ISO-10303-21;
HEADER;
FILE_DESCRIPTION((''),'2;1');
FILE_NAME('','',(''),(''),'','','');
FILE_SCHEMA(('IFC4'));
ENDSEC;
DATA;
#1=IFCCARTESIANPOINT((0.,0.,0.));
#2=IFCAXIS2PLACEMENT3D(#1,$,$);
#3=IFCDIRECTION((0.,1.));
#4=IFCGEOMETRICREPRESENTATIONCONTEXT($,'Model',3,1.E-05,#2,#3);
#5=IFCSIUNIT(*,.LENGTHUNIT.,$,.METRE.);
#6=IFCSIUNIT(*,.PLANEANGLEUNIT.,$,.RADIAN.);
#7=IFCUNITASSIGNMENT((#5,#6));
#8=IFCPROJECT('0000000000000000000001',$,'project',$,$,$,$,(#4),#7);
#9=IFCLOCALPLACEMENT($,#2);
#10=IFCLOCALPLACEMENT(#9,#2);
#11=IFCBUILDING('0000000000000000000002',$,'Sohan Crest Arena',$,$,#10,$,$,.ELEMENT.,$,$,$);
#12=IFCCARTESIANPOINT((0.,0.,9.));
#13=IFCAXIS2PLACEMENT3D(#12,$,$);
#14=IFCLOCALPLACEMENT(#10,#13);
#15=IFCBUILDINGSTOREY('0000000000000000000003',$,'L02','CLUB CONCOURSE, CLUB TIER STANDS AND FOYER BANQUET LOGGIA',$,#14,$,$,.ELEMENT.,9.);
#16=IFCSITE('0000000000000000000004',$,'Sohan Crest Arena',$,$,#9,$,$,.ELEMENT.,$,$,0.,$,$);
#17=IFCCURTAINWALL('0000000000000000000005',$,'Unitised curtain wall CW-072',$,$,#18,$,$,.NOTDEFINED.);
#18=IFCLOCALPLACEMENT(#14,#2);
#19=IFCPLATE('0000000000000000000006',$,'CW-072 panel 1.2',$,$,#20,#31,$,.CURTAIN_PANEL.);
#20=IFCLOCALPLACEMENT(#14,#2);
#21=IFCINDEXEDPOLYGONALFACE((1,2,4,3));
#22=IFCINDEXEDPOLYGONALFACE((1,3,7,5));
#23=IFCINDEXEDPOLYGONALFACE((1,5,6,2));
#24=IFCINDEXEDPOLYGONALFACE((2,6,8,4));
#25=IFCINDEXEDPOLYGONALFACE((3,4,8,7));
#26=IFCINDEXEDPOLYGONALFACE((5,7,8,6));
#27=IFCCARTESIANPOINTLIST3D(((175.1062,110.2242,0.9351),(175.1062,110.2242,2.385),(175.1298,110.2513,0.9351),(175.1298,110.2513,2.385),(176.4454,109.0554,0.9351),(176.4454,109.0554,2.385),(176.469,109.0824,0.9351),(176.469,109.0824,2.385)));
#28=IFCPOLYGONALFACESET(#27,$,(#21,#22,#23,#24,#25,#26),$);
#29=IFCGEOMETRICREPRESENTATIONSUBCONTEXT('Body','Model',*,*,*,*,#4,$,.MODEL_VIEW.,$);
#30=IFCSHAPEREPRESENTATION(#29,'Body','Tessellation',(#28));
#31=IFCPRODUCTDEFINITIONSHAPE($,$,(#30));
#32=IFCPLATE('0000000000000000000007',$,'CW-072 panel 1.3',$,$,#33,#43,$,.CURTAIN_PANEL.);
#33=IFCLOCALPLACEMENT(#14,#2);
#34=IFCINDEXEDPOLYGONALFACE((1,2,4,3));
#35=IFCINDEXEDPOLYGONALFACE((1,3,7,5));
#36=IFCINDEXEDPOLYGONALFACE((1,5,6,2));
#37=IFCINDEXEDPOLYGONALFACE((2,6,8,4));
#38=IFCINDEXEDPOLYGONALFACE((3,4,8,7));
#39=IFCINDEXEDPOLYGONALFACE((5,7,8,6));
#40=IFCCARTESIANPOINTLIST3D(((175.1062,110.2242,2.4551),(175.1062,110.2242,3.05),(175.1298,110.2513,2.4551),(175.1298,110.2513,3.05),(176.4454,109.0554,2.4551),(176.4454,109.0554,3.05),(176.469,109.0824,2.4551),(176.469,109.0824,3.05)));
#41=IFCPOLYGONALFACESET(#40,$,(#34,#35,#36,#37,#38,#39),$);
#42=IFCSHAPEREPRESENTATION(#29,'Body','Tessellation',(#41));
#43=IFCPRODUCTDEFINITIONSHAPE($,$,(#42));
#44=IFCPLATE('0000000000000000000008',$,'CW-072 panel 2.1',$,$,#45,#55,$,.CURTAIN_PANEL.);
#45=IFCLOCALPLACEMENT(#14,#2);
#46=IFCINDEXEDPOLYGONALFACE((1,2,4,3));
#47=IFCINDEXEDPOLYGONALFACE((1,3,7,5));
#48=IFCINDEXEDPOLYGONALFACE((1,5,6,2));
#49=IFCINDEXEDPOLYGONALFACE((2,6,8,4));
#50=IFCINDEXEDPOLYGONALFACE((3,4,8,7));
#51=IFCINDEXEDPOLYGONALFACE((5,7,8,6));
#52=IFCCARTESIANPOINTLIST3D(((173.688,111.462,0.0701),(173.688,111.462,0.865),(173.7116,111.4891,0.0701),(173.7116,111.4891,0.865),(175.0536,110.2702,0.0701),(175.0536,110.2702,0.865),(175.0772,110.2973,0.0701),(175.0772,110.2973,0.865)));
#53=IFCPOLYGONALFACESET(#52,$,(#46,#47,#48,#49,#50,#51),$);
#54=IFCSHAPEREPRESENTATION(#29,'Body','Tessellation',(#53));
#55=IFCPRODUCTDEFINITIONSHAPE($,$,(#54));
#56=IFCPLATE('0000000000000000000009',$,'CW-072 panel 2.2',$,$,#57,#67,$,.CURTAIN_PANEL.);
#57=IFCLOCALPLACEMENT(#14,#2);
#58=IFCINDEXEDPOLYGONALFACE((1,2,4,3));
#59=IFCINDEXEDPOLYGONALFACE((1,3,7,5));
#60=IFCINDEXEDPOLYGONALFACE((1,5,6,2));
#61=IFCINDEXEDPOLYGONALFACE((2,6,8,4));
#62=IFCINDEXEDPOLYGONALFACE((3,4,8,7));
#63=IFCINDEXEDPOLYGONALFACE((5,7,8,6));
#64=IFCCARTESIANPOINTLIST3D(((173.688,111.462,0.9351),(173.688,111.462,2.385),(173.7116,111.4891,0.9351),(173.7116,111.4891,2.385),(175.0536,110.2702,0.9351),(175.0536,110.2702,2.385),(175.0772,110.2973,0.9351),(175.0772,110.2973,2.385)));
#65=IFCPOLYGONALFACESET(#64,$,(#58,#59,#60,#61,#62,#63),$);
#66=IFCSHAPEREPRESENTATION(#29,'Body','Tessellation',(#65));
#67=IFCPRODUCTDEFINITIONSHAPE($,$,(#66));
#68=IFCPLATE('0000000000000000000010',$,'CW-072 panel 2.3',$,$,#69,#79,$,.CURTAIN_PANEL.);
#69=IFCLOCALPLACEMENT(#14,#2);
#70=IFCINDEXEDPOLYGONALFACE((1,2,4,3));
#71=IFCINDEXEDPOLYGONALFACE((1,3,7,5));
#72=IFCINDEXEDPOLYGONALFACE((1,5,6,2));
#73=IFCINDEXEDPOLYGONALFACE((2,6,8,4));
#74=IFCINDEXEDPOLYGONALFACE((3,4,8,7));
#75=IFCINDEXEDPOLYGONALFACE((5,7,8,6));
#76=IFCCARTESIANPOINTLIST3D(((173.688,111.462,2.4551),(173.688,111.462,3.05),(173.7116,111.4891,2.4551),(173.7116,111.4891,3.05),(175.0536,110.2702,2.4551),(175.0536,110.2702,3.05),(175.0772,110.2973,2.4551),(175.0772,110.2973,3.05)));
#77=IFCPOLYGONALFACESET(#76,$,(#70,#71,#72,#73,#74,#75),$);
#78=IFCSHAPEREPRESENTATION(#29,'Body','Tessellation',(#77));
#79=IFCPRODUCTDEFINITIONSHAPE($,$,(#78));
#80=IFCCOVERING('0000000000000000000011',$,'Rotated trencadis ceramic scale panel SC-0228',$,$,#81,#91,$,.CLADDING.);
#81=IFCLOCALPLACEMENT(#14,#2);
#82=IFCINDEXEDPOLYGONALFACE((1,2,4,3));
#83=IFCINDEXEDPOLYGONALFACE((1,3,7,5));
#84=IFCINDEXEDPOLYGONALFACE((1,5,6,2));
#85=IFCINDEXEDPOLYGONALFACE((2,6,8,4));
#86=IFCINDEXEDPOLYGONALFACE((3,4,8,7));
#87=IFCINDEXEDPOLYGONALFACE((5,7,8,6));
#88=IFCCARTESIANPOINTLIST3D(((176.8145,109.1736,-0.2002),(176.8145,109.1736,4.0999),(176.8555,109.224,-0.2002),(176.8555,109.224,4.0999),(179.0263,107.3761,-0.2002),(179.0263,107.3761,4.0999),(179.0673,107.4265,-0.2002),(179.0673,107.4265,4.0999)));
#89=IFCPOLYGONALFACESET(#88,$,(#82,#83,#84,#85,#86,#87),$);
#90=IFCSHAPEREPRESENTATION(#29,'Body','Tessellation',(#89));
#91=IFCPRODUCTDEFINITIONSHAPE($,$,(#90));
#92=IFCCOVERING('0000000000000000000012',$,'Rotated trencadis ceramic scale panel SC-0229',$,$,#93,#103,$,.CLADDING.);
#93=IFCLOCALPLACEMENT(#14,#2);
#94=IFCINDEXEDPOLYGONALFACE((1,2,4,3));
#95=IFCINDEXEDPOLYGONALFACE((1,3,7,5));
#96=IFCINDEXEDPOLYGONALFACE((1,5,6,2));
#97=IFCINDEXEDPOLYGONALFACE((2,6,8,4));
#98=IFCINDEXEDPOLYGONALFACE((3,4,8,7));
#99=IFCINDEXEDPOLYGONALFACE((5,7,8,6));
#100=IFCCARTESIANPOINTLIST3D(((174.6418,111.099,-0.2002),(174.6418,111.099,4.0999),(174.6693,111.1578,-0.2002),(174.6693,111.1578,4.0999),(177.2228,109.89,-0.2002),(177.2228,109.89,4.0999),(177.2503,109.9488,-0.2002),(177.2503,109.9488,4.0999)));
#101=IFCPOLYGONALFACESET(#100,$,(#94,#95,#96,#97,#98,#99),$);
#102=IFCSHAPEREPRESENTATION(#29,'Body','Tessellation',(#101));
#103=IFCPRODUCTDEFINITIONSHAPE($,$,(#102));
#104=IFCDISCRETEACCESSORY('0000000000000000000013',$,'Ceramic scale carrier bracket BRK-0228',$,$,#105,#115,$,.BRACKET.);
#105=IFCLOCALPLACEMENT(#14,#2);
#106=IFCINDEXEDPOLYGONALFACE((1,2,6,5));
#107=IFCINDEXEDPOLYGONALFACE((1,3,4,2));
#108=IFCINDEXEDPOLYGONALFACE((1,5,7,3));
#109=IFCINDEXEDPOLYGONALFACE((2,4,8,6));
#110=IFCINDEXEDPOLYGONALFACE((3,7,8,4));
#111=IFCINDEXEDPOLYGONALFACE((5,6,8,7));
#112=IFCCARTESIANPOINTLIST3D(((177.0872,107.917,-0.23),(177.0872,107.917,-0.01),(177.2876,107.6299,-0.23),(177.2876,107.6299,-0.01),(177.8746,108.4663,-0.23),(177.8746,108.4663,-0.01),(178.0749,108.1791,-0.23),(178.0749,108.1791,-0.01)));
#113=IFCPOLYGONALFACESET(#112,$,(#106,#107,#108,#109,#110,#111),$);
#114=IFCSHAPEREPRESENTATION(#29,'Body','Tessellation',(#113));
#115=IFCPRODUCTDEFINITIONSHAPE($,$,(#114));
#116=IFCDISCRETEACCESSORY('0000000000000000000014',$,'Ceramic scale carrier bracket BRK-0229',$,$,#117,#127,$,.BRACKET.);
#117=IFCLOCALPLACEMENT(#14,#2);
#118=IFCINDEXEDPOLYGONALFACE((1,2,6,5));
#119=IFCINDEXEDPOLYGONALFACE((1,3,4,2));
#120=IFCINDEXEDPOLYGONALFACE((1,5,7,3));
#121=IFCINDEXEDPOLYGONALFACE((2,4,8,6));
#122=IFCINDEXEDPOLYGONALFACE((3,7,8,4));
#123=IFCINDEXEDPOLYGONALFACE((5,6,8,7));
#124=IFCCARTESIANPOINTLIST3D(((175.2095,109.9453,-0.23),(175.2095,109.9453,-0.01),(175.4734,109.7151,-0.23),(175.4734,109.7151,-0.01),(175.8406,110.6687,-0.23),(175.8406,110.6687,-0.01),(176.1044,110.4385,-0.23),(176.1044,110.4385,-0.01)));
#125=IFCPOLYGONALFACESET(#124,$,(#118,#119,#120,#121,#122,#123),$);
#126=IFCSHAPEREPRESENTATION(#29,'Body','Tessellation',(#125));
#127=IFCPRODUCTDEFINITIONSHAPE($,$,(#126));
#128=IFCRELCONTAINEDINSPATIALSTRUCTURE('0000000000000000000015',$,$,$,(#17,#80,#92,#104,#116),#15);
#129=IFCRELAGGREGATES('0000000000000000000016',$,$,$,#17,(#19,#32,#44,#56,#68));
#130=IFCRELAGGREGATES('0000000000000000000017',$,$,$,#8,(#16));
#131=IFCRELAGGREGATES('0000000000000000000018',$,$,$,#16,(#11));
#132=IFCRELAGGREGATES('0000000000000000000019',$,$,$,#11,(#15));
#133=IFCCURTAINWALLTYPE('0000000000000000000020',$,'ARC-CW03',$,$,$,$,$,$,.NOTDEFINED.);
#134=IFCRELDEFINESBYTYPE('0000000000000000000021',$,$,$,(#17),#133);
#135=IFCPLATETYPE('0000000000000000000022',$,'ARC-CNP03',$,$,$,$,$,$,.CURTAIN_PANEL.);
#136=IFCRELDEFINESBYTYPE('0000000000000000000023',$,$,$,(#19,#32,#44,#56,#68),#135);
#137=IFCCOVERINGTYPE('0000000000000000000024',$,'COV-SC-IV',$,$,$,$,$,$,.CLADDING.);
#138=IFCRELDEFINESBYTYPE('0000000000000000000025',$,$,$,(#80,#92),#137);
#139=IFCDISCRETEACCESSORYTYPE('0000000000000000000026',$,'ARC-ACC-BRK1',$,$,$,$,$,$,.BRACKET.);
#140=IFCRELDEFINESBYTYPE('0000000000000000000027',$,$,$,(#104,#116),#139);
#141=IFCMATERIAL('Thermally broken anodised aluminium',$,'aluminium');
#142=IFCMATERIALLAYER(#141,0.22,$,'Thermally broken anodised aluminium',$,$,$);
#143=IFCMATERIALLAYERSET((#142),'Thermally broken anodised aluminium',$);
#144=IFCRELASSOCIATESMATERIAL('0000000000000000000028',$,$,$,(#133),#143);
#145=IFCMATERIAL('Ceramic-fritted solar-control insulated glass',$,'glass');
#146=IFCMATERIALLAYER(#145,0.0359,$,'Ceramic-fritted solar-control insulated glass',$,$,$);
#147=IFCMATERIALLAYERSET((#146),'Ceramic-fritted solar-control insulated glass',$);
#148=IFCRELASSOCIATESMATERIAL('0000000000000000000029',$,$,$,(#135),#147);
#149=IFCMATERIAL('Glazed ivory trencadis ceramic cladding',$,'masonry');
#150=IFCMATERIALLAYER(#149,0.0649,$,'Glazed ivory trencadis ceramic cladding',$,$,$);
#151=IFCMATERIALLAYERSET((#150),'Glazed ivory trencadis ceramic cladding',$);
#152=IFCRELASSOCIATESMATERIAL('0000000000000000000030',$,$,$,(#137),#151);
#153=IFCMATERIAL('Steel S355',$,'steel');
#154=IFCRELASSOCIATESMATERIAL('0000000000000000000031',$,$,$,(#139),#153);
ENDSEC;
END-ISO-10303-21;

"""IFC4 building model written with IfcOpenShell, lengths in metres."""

from ifc_helpers import new_model, si_unit, direction, frame, origin, origin_2d, place, context, subcontext, project, spatial, rectangle, extrude, material, layer, layer_set, type_object, element, aggregate, save


model = new_model("IFC4")

# Units and contexts
model_context = context("Model", 3, precision=1e-05, world=origin(), true_north=direction((0.0, 1.0)))
body_context = subcontext(model_context, "Body", "Model", "MODEL_VIEW")
ifc_project = project(units=[si_unit("LENGTHUNIT", "METRE"), si_unit("PLANEANGLEUNIT", "RADIAN")], contexts=[model_context])

# Site, building, storey
site_placement = place(None, origin())
site = spatial("IfcSite", under=ifc_project, at=site_placement, Name="Sohan Crest Arena", CompositionType="ELEMENT", RefElevation=0.0)
building_placement = place(site_placement, origin())
building = spatial("IfcBuilding", under=site, at=building_placement, Name="Sohan Crest Arena", CompositionType="ELEMENT")
storey_placement = place(building_placement, frame((0.0, 0.0, 9.0)))
storey = spatial("IfcBuildingStorey", under=building, at=storey_placement, Name="L02", Description="CLUB CONCOURSE, CLUB TIER STANDS AND FOYER BANQUET LOGGIA", CompositionType="ELEMENT", Elevation=9.0)

# Shared definitions
ifc_material_1 = material(Name="Steel S355", Category="steel")

# Curtain wall
ifc_material_2 = material(Name="Thermally broken anodised aluminium", Category="aluminium")
ifc_layer_1 = layer(ifc_material_2, 0.22, Name="Thermally broken anodised aluminium")
ifc_layer_set_1 = layer_set([ifc_layer_1], Name="Thermally broken anodised aluminium")
curtain_wall_type_1 = type_object("IfcCurtainWallType", Name="ARC-CW03", PredefinedType="NOTDEFINED", material=ifc_layer_set_1)
curtain_wall_1_placement = place(storey_placement, origin())
curtain_wall_1 = element("IfcCurtainWall", 1, at=curtain_wall_1_placement, inside=storey, type_object=curtain_wall_type_1, Name="Unitised curtain wall CW-072", PredefinedType="NOTDEFINED")

# Plates
ifc_material_3 = material(Name="Ceramic-fritted solar-control insulated glass", Category="glass")
ifc_layer_2 = layer(ifc_material_3, 0.0359, Name="Ceramic-fritted solar-control insulated glass")
ifc_layer_set_2 = layer_set([ifc_layer_2], Name="Ceramic-fritted solar-control insulated glass")
plate_type_1 = type_object("IfcPlateType", Name="ARC-CNP03", PredefinedType="CURTAIN_PANEL", material=ifc_layer_set_2)
plate_1_placement = place(storey_placement, frame((175.7876, 109.6533, 0.9351), z_axis=(0.0, 0.0, 1.0), x_axis=(-0.753421, 0.657539, 0.0)))
plate_1 = element("IfcPlate", 2, at=plate_1_placement, type_object=plate_type_1, Name="CW-072 panel 1.2", PredefinedType="CURTAIN_PANEL", context=body_context, shape_type="SweptSolid", body=[
    extrude(rectangle(XDim=1.7776, YDim=0.0359, at=origin_2d()), origin(), (0.0, 0.0, 1.0), 1.45),
])
plate_2_placement = place(storey_placement, frame((175.7876, 109.6533, 2.4551), z_axis=(0.0, 0.0, 1.0), x_axis=(-0.753421, 0.657539, 0.0)))
plate_2 = element("IfcPlate", 3, at=plate_2_placement, type_object=plate_type_1, Name="CW-072 panel 1.3", PredefinedType="CURTAIN_PANEL", context=body_context, shape_type="SweptSolid", body=[
    extrude(rectangle(XDim=1.7776, YDim=0.0359, at=origin_2d()), origin(), (0.0, 0.0, 1.0), 0.595),
])
plate_3_placement = place(storey_placement, frame((174.3826, 110.8796, 0.0701), z_axis=(0.0, 0.0, 1.0), x_axis=(-0.753421, 0.657539, 0.0)))
plate_3 = element("IfcPlate", 4, at=plate_3_placement, type_object=plate_type_1, Name="CW-072 panel 2.1", PredefinedType="CURTAIN_PANEL", context=body_context, shape_type="SweptSolid", body=[
    extrude(rectangle(XDim=1.8125, YDim=0.0359, at=origin_2d()), origin(), (0.0, 0.0, 1.0), 0.7949),
])
plate_4_placement = place(storey_placement, frame((174.3826, 110.8796, 0.9351), z_axis=(0.0, 0.0, 1.0), x_axis=(-0.753421, 0.657539, 0.0)))
plate_4 = element("IfcPlate", 5, at=plate_4_placement, type_object=plate_type_1, Name="CW-072 panel 2.2", PredefinedType="CURTAIN_PANEL", context=body_context, shape_type="SweptSolid", body=[
    extrude(rectangle(XDim=1.8125, YDim=0.0359, at=origin_2d()), origin(), (0.0, 0.0, 1.0), 1.45),
])
plate_5_placement = place(storey_placement, frame((174.3826, 110.8796, 2.4551), z_axis=(0.0, 0.0, 1.0), x_axis=(-0.753421, 0.657539, 0.0)))
plate_5 = element("IfcPlate", 6, at=plate_5_placement, type_object=plate_type_1, Name="CW-072 panel 2.3", PredefinedType="CURTAIN_PANEL", context=body_context, shape_type="SweptSolid", body=[
    extrude(rectangle(XDim=1.8125, YDim=0.0359, at=origin_2d()), origin(), (0.0, 0.0, 1.0), 0.595),
])
aggregate(curtain_wall_1, [plate_1, plate_2, plate_3, plate_4, plate_5])

# Coverings
ifc_material_4 = material(Name="Glazed ivory trencadis ceramic cladding", Category="masonry")
ifc_layer_3 = layer(ifc_material_4, 0.0649, Name="Glazed ivory trencadis ceramic cladding")
ifc_layer_set_3 = layer_set([ifc_layer_3], Name="Glazed ivory trencadis ceramic cladding")
covering_type = type_object("IfcCoveringType", Name="COV-SC-IV", PredefinedType="CLADDING", material=ifc_layer_set_3)
for number, where, z_axis, x_axis, name in (
    (7, (177.9409, 108.3, -0.2002), (0.0, 0.0, 1.0), (-0.776046, 0.630676, 0.0), "Rotated trencadis ceramic scale panel SC-0228"),
    (8, (175.946, 110.5239, -0.2002), (0.0, 0.0, 1.0), (-0.905569, 0.424199, 0.0), "Rotated trencadis ceramic scale panel SC-0229"),
):
    element("IfcCovering", number, at=place(storey_placement, frame(where, z_axis=z_axis, x_axis=x_axis)), inside=storey, type_object=covering_type, Name=name, PredefinedType="CLADDING", context=body_context, shape_type="SweptSolid", body=[
        extrude(rectangle(XDim=2.8501, YDim=0.0649, at=origin_2d()), origin(), (0.0, 0.0, 1.0), 4.3),
    ])

# Discrete accessories
discrete_accessory_type = type_object("IfcDiscreteAccessoryType", Name="ARC-ACC-BRK1", PredefinedType="BRACKET", material=ifc_material_1)
for number, where, z_axis, x_axis, name in (
    (9, (177.5811, 108.0481, -0.23), (0.0, 0.0, 1.0), (-0.572146, 0.820152, 0.0), "Ceramic scale carrier bracket BRK-0228"),
    (10, (175.657, 110.1919, -0.23), (0.0, 0.0, 1.0), (-0.753563, 0.657375, 0.0), "Ceramic scale carrier bracket BRK-0229"),
):
    element("IfcDiscreteAccessory", number, at=place(storey_placement, frame(where, z_axis=z_axis, x_axis=x_axis)), inside=storey, type_object=discrete_accessory_type, Name=name, PredefinedType="BRACKET", context=body_context, shape_type="SweptSolid", body=[
        extrude(rectangle(XDim=0.3501, YDim=0.96, at=origin_2d()), origin(), (0.0, 0.0, 1.0), 0.22),
    ])

save(model, "model.ifc")
